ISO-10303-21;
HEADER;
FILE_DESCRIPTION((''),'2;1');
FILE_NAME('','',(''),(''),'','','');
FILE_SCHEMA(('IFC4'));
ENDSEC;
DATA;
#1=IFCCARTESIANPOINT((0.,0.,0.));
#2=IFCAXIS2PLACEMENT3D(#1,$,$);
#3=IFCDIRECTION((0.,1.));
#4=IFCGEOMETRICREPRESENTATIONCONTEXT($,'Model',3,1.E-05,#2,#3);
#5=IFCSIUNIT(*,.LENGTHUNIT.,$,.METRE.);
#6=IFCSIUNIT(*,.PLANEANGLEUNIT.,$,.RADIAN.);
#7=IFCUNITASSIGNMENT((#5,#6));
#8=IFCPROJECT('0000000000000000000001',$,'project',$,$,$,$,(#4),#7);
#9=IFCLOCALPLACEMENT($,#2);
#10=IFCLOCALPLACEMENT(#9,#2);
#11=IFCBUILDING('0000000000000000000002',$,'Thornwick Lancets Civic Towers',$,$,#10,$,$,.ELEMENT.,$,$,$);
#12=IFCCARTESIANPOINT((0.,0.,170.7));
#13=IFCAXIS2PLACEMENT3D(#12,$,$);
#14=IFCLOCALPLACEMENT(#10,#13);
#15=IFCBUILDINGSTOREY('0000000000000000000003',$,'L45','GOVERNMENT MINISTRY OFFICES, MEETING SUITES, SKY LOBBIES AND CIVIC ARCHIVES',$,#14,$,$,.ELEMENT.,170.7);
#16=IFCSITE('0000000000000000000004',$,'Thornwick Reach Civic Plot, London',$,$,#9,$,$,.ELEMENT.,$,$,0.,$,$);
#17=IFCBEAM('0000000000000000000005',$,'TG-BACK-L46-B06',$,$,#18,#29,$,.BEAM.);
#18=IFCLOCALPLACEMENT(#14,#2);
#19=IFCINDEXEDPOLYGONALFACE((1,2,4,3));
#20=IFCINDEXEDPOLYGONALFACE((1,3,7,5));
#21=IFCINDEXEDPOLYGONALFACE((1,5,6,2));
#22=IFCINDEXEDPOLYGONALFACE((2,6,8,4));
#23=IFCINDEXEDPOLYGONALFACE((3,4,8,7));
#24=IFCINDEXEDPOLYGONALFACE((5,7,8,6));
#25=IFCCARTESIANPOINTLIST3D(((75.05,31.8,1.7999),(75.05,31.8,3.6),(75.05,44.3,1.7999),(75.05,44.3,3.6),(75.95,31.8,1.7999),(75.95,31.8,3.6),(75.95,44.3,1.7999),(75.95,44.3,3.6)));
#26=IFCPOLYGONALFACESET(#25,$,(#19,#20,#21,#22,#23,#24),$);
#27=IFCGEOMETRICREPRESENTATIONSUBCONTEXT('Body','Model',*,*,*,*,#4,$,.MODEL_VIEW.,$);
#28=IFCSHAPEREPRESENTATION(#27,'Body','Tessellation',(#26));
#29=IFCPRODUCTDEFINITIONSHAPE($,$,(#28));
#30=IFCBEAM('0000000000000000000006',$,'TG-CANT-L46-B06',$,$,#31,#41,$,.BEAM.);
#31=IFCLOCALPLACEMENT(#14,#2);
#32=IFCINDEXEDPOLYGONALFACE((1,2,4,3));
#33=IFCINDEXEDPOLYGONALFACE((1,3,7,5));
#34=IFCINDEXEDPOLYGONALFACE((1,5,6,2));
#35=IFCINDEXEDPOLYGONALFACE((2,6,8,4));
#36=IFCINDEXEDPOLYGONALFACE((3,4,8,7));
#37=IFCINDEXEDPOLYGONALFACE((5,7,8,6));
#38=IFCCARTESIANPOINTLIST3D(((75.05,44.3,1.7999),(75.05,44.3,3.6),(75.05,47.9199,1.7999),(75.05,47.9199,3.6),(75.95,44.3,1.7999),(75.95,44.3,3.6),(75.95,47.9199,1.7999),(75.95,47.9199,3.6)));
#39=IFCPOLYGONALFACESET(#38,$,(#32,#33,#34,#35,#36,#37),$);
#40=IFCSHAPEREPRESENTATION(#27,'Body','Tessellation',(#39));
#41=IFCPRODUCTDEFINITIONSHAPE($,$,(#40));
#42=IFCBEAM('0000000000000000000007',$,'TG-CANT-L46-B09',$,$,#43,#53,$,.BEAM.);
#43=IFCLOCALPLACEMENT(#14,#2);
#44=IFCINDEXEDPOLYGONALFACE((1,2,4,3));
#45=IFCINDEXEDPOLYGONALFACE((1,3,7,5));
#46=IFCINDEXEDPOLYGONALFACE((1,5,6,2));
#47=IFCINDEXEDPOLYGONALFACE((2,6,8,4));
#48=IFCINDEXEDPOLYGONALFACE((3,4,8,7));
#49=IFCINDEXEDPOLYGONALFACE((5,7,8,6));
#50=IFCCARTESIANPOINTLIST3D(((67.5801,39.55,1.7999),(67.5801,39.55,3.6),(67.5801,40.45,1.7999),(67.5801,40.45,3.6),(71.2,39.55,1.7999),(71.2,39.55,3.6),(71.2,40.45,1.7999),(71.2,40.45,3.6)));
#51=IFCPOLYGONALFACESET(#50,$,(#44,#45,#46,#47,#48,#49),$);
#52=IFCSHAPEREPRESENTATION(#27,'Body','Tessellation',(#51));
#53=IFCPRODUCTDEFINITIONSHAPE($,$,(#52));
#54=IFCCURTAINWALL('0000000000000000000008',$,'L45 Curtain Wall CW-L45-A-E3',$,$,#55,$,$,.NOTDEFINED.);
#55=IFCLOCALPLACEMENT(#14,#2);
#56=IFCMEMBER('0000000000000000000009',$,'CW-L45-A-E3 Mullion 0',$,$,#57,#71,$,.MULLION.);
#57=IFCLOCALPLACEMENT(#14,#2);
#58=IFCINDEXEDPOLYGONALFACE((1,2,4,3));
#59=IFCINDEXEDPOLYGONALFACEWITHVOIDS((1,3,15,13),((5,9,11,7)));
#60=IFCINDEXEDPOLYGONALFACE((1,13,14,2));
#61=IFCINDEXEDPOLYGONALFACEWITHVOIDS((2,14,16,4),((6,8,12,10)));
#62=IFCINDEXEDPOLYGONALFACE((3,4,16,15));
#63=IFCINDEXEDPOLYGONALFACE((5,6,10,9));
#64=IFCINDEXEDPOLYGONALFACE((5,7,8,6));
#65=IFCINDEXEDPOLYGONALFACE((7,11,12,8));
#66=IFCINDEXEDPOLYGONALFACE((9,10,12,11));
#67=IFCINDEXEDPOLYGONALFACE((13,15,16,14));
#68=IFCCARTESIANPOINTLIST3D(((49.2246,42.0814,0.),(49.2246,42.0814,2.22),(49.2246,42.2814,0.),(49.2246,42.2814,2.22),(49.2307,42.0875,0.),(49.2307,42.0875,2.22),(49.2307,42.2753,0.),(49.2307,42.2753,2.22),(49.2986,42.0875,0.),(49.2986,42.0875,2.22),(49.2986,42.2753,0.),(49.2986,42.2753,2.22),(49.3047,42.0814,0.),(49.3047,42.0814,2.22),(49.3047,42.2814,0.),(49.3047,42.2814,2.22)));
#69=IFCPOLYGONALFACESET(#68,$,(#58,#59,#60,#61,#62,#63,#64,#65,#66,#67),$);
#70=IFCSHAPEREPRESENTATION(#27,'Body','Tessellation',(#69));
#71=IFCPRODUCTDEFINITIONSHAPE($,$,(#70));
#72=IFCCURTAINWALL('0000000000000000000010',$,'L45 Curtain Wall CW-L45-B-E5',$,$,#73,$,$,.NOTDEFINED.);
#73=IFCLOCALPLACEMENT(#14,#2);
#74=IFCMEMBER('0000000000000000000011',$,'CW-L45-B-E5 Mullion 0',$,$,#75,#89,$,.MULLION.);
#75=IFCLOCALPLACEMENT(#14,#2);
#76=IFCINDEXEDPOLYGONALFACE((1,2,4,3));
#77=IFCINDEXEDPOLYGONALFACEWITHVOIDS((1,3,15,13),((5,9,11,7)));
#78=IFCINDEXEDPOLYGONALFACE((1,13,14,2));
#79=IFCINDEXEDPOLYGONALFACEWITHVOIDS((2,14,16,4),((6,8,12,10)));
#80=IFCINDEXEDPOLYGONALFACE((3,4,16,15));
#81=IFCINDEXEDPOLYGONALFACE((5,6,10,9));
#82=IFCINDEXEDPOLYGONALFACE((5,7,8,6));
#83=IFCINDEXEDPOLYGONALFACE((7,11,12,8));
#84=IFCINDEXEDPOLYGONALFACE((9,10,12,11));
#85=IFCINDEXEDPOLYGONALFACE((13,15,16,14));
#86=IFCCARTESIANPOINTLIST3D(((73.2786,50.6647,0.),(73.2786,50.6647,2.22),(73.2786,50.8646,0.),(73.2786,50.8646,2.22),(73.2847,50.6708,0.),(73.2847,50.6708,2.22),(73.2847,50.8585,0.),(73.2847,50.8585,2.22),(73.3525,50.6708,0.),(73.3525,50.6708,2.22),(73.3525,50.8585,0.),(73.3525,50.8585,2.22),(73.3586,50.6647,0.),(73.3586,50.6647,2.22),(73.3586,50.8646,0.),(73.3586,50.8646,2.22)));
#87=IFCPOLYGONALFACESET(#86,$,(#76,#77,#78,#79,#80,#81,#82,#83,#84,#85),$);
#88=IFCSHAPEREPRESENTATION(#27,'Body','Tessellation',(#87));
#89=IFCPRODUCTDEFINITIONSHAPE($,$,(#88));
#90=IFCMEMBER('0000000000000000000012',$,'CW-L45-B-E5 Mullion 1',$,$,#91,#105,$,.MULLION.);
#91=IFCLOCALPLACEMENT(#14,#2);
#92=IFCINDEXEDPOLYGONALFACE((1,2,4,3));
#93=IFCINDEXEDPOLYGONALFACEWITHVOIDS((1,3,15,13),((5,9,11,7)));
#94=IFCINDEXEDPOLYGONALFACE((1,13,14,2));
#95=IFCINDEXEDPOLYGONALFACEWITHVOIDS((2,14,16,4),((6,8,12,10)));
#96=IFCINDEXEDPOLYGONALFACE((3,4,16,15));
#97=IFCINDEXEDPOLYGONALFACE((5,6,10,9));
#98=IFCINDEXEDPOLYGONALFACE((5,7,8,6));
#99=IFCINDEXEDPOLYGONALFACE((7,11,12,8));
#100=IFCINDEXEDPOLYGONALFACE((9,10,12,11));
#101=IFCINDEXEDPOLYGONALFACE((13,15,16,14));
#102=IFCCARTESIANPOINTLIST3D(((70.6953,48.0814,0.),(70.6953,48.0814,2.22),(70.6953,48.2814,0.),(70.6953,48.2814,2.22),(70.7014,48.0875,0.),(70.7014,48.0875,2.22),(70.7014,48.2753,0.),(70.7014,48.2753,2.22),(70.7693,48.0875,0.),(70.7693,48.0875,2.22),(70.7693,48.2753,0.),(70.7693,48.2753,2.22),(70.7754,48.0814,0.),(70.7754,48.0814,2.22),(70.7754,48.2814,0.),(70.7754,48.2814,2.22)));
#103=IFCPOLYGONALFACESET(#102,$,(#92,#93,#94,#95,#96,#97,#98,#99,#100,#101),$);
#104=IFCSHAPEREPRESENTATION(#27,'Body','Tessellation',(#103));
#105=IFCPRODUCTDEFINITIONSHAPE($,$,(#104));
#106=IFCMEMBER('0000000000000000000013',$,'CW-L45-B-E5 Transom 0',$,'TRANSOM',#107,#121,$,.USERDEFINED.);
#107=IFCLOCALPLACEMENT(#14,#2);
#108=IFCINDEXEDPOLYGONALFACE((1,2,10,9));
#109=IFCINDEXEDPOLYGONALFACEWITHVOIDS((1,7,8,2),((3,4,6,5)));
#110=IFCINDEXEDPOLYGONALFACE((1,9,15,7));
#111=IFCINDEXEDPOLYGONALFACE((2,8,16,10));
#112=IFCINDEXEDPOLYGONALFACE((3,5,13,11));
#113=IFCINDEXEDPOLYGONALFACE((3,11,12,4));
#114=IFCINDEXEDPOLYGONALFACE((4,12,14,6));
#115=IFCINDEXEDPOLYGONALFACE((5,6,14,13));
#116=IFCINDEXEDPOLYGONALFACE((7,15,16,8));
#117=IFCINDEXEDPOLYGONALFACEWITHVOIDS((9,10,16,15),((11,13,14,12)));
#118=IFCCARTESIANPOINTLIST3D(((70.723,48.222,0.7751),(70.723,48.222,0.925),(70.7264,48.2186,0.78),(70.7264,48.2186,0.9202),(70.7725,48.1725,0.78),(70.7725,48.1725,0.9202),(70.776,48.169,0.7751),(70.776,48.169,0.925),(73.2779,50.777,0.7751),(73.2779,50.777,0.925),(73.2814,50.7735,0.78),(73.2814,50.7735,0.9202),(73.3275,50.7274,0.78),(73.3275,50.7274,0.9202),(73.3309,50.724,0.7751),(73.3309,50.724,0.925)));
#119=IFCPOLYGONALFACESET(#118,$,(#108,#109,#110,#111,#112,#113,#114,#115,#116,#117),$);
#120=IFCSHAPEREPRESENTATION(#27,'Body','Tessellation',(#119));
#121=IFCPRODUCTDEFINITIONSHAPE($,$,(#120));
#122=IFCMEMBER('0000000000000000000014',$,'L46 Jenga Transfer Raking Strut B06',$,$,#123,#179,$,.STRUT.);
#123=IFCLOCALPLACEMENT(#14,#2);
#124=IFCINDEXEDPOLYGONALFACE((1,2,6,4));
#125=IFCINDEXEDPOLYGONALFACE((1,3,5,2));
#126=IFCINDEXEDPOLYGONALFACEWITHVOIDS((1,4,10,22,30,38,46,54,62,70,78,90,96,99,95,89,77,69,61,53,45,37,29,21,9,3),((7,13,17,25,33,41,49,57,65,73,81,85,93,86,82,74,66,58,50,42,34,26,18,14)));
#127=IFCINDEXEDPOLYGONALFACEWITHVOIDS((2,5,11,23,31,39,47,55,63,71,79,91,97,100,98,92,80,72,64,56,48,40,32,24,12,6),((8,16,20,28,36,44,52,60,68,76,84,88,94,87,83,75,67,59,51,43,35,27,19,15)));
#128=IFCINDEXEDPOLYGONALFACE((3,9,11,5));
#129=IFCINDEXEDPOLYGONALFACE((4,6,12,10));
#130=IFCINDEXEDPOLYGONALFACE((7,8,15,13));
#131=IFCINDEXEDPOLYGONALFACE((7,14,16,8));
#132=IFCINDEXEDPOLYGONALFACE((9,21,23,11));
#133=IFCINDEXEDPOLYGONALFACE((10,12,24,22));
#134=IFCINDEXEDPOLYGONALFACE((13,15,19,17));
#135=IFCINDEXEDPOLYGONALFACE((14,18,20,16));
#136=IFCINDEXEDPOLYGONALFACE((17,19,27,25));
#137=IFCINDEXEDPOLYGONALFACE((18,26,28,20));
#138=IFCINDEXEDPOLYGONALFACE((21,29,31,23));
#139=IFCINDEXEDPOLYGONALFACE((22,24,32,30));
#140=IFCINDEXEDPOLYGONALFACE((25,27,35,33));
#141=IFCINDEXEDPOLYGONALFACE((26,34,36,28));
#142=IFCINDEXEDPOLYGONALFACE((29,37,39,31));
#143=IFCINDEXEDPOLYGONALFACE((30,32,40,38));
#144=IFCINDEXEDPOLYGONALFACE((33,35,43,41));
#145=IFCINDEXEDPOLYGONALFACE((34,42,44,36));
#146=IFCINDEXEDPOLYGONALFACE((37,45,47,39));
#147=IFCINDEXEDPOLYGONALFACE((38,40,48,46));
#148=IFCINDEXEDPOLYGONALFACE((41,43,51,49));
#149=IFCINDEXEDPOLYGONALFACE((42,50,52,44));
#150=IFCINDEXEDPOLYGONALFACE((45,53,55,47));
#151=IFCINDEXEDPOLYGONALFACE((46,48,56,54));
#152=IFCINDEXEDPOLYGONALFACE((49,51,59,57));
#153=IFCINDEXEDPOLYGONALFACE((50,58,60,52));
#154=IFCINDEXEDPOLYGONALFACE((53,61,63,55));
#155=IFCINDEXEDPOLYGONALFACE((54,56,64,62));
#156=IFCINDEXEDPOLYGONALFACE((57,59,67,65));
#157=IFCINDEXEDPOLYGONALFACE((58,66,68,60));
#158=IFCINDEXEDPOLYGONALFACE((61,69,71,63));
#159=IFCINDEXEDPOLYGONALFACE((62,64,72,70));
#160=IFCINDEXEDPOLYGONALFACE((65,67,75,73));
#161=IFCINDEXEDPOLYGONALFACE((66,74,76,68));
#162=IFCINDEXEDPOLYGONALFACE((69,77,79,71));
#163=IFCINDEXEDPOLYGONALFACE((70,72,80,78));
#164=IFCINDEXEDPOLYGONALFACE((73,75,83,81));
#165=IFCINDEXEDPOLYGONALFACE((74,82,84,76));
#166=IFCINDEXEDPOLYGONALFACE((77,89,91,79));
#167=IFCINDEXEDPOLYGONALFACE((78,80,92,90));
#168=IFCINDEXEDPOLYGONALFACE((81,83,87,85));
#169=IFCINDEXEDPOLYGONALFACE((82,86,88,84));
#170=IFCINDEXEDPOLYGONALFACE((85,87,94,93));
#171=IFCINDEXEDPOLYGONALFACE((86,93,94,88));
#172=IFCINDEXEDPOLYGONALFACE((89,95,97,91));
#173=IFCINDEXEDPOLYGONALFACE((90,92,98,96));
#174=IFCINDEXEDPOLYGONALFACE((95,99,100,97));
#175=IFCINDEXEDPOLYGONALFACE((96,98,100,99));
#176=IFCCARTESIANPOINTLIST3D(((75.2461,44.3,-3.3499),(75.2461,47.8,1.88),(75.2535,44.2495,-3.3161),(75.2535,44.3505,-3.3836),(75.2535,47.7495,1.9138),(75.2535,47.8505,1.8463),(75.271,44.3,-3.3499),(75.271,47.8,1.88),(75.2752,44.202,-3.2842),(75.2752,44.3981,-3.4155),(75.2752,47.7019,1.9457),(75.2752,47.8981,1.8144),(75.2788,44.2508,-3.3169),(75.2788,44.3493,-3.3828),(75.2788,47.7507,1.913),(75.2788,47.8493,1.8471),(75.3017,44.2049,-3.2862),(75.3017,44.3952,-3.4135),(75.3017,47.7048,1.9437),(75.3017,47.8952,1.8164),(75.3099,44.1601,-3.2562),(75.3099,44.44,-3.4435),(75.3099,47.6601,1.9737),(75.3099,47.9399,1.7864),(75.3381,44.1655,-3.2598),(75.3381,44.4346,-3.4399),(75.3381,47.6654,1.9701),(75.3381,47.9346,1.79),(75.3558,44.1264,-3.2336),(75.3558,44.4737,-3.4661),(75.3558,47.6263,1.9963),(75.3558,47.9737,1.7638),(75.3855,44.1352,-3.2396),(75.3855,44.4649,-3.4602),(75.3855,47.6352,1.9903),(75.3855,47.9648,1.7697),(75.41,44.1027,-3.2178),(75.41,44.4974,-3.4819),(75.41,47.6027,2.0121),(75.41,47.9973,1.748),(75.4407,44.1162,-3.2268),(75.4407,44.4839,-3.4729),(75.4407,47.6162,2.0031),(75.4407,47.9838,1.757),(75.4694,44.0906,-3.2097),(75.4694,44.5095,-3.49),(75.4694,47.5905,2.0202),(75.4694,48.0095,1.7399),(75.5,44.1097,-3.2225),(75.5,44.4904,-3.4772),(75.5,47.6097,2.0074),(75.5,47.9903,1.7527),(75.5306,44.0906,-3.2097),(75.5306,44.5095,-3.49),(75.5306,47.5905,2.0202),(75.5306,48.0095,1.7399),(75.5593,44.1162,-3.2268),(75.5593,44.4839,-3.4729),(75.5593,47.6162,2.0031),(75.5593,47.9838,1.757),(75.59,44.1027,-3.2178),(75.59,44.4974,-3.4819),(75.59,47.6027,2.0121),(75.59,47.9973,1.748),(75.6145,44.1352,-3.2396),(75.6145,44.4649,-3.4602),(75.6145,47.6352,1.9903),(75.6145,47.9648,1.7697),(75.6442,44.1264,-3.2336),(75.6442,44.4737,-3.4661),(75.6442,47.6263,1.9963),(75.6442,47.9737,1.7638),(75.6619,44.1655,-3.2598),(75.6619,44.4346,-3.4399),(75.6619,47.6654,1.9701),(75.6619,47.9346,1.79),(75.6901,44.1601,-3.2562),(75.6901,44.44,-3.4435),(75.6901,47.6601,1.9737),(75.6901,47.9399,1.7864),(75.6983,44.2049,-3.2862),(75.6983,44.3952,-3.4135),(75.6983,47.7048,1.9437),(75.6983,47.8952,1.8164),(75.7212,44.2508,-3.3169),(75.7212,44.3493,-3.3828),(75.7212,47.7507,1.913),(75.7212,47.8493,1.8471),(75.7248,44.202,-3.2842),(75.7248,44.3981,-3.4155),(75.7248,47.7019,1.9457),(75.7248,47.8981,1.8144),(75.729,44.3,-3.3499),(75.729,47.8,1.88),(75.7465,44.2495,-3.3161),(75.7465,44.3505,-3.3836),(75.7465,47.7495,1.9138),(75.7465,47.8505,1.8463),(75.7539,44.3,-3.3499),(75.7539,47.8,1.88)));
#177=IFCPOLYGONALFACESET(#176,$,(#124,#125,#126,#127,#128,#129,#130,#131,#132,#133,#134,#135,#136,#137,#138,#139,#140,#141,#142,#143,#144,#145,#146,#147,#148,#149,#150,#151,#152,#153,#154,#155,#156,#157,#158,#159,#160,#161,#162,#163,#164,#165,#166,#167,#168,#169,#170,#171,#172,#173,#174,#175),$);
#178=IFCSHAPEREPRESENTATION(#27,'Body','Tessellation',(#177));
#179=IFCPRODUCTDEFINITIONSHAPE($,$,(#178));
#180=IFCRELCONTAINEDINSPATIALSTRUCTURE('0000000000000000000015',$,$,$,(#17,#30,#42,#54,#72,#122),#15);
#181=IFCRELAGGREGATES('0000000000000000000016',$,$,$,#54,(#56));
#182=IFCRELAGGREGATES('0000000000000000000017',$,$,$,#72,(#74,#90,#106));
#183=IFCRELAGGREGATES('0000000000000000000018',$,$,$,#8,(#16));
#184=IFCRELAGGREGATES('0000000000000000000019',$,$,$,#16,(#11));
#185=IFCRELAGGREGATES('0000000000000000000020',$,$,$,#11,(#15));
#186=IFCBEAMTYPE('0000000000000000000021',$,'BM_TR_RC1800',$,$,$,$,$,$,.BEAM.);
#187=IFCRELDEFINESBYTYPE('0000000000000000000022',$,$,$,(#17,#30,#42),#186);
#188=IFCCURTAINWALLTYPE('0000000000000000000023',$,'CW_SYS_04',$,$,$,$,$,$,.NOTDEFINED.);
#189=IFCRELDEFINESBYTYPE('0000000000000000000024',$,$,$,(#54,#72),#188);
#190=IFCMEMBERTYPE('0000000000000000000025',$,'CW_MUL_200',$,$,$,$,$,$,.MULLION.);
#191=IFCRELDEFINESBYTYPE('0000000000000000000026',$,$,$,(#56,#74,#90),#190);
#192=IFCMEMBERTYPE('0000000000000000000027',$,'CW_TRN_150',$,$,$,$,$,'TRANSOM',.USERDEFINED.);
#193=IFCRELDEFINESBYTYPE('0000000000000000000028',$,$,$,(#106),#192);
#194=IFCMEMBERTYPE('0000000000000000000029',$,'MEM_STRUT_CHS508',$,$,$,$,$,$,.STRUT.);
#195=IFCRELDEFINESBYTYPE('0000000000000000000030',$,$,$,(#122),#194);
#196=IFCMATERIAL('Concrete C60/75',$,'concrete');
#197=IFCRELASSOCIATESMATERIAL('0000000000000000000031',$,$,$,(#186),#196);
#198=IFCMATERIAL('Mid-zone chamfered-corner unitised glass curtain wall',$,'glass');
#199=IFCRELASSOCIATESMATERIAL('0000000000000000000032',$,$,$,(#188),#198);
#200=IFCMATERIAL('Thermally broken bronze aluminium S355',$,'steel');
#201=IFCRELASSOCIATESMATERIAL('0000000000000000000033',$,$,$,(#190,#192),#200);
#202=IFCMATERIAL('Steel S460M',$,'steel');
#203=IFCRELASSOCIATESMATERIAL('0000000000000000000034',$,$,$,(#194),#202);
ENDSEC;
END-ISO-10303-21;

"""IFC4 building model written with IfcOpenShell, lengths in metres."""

from ifc_helpers import new_model, si_unit, direction, frame, origin, origin_2d, place, context, subcontext, project, spatial, rectangle, hollow_rectangle, hollow_circle, extrude, material, material_profile, profile_set, type_object, element, aggregate, save


model = new_model("IFC4")

# Units and contexts
model_context = context("Model", 3, precision=1e-05, world=origin(), true_north=direction((0.0, 1.0)))
body_context = subcontext(model_context, "Body", "Model", "MODEL_VIEW")
ifc_project = project(units=[si_unit("LENGTHUNIT", "METRE"), si_unit("PLANEANGLEUNIT", "RADIAN")], contexts=[model_context])

# Site, building, storey
site_placement = place(None, origin())
site = spatial("IfcSite", under=ifc_project, at=site_placement, Name="Thornwick Reach Civic Plot, London", CompositionType="ELEMENT", RefElevation=0.0)
building_placement = place(site_placement, origin())
building = spatial("IfcBuilding", under=site, at=building_placement, Name="Thornwick Lancets Civic Towers", CompositionType="ELEMENT")
storey_placement = place(building_placement, frame((0.0, 0.0, 170.7)))
storey = spatial("IfcBuildingStorey", under=building, at=storey_placement, Name="L45", Description="GOVERNMENT MINISTRY OFFICES, MEETING SUITES, SKY LOBBIES AND CIVIC ARCHIVES", CompositionType="ELEMENT", Elevation=170.7)

# Shared definitions
ifc_material_1 = material(Name="Steel S460M", Category="steel")

# Beams
ifc_material_2 = material(Name="Concrete C60/75", Category="concrete")
ifc_material_profile_1 = material_profile(ifc_material_2, rectangle(XDim=0.8999, YDim=1.8, at=origin_2d()), Name="RC 900x1800")
ifc_profile_set_1 = profile_set([ifc_material_profile_1], Name="Concrete C60/75")
beam_type_1 = type_object("IfcBeamType", Name="BM_TR_RC1800", PredefinedType="BEAM", material=ifc_profile_set_1)
beam_1_placement = place(storey_placement, frame((75.5, 31.8, 2.7), z_axis=(0.0, 1.0, 0.0), x_axis=(-1.0, 0.0, 0.0)))
element("IfcBeam", 1, at=beam_1_placement, inside=storey, type_object=beam_type_1, Name="TG-BACK-L46-B06", PredefinedType="BEAM", context=body_context, shape_type="SweptSolid", body=[
    extrude(rectangle(XDim=0.8999, YDim=1.8, at=origin_2d()), origin(), (0.0, 0.0, 1.0), 12.5),
])
for number, where, z_axis, x_axis, name in (
    (2, (75.5, 44.3, 2.7), (0.0, 1.0, 0.0), (-1.0, 0.0, 0.0), "TG-CANT-L46-B06"),
    (3, (71.2, 40.0, 2.7), (-1.0, 0.0, 0.0), (0.0, -1.0, 0.0), "TG-CANT-L46-B09"),
):
    element("IfcBeam", number, at=place(storey_placement, frame(where, z_axis=z_axis, x_axis=x_axis)), inside=storey, type_object=beam_type_1, Name=name, PredefinedType="BEAM", context=body_context, shape_type="SweptSolid", body=[
        extrude(rectangle(XDim=0.8999, YDim=1.8, at=origin_2d()), origin(), (0.0, 0.0, 1.0), 3.6199),
    ])

# Curtain wall, member
ifc_material_3 = material(Name="Mid-zone chamfered-corner unitised glass curtain wall", Category="glass")
curtain_wall_type = type_object("IfcCurtainWallType", Name="CW_SYS_04", PredefinedType="NOTDEFINED", material=ifc_material_3)
curtain_wall_1_placement = place(storey_placement, origin())
curtain_wall_1 = element("IfcCurtainWall", 4, at=curtain_wall_1_placement, inside=storey, type_object=curtain_wall_type, Name="L45 Curtain Wall CW-L45-A-E3", PredefinedType="NOTDEFINED")
ifc_material_4 = material(Name="Thermally broken bronze aluminium S355", Category="steel")
ifc_material_profile_2 = material_profile(ifc_material_4, hollow_rectangle(XDim=0.0801, YDim=0.2, WallThickness=0.0061, at=origin_2d()), Name="RHS 200x80x6")
ifc_profile_set_2 = profile_set([ifc_material_profile_2], Name="Thermally broken bronze aluminium S355")
member_type_1 = type_object("IfcMemberType", Name="CW_MUL_200", PredefinedType="MULLION", material=ifc_profile_set_2)
member_1_placement = place(storey_placement, frame((49.2646, 42.1814, 0.0), z_axis=(0.0, 0.0, 1.0), x_axis=(1.0, 0.0, 0.0)))
member_1 = element("IfcMember", 5, at=member_1_placement, type_object=member_type_1, Name="CW-L45-A-E3 Mullion 0", PredefinedType="MULLION", context=body_context, shape_type="SweptSolid", body=[
    extrude(hollow_rectangle(XDim=0.0801, YDim=0.2, WallThickness=0.0061, at=origin_2d()), origin(), (0.0, 0.0, 1.0), 2.22),
])
aggregate(curtain_wall_1, [member_1])

# Curtain wall, members
curtain_wall_2_placement = place(storey_placement, origin())
curtain_wall_2 = element("IfcCurtainWall", 6, at=curtain_wall_2_placement, inside=storey, type_object=curtain_wall_type, Name="L45 Curtain Wall CW-L45-B-E5", PredefinedType="NOTDEFINED")
member_2_placement = place(storey_placement, frame((73.3186, 50.7646, 0.0), z_axis=(0.0, 0.0, 1.0), x_axis=(1.0, 0.0, 0.0)))
member_2 = element("IfcMember", 7, at=member_2_placement, type_object=member_type_1, Name="CW-L45-B-E5 Mullion 0", PredefinedType="MULLION", context=body_context, shape_type="SweptSolid", body=[
    extrude(hollow_rectangle(XDim=0.0801, YDim=0.2, WallThickness=0.0061, at=origin_2d()), origin(), (0.0, 0.0, 1.0), 2.22),
])
member_3_placement = place(storey_placement, frame((70.7354, 48.1814, 0.0), z_axis=(0.0, 0.0, 1.0), x_axis=(1.0, 0.0, 0.0)))
member_3 = element("IfcMember", 8, at=member_3_placement, type_object=member_type_1, Name="CW-L45-B-E5 Mullion 1", PredefinedType="MULLION", context=body_context, shape_type="SweptSolid", body=[
    extrude(hollow_rectangle(XDim=0.0801, YDim=0.2, WallThickness=0.0061, at=origin_2d()), origin(), (0.0, 0.0, 1.0), 2.22),
])
ifc_material_profile_3 = material_profile(ifc_material_4, hollow_rectangle(XDim=0.075, YDim=0.1499, WallThickness=0.0049, at=origin_2d()), Name="RHS 150x75x5")
ifc_profile_set_3 = profile_set([ifc_material_profile_3], Name="Thermally broken bronze aluminium S355")
member_type_2 = type_object("IfcMemberType", Name="CW_TRN_150", ElementType="TRANSOM", PredefinedType="USERDEFINED", material=ifc_profile_set_3)
member_4_placement = place(storey_placement, frame((73.3044, 50.7505, 0.8501), z_axis=(-0.707107, -0.707107, 0.0), x_axis=(0.707107, -0.707107, 0.0)))
member_4 = element("IfcMember", 9, at=member_4_placement, type_object=member_type_2, Name="CW-L45-B-E5 Transom 0", ObjectType="TRANSOM", PredefinedType="USERDEFINED", context=body_context, shape_type="SweptSolid", body=[
    extrude(hollow_rectangle(XDim=0.075, YDim=0.1499, WallThickness=0.0049, at=origin_2d()), origin(), (0.0, 0.0, 1.0), 3.6133),
])

# Member
ifc_material_profile_4 = material_profile(ifc_material_1, hollow_circle(Radius=0.2539, WallThickness=0.0249, at=origin_2d()), Name="CHS 508x25")
ifc_profile_set_4 = profile_set([ifc_material_profile_4], Name="Steel S460M")
member_type_3 = type_object("IfcMemberType", Name="MEM_STRUT_CHS508", PredefinedType="STRUT", material=ifc_profile_set_4)
for number, where, z_axis, x_axis, name in (
    (10, (75.5, 44.3, -3.3499), (0.0, 0.556168, 0.83107), (-1.0, 0.0, 0.0), "L46 Jenga Transfer Raking Strut B06"),
):
    element("IfcMember", number, at=place(storey_placement, frame(where, z_axis=z_axis, x_axis=x_axis)), inside=storey, type_object=member_type_3, Name=name, PredefinedType="STRUT", context=body_context, shape_type="SweptSolid", body=[
        extrude(hollow_circle(Radius=0.2539, WallThickness=0.0249, at=origin_2d()), origin(), (0.0, 0.0, 1.0), 6.293),
    ])

aggregate(curtain_wall_2, [member_2, member_3, member_4])

save(model, "model.ifc")
